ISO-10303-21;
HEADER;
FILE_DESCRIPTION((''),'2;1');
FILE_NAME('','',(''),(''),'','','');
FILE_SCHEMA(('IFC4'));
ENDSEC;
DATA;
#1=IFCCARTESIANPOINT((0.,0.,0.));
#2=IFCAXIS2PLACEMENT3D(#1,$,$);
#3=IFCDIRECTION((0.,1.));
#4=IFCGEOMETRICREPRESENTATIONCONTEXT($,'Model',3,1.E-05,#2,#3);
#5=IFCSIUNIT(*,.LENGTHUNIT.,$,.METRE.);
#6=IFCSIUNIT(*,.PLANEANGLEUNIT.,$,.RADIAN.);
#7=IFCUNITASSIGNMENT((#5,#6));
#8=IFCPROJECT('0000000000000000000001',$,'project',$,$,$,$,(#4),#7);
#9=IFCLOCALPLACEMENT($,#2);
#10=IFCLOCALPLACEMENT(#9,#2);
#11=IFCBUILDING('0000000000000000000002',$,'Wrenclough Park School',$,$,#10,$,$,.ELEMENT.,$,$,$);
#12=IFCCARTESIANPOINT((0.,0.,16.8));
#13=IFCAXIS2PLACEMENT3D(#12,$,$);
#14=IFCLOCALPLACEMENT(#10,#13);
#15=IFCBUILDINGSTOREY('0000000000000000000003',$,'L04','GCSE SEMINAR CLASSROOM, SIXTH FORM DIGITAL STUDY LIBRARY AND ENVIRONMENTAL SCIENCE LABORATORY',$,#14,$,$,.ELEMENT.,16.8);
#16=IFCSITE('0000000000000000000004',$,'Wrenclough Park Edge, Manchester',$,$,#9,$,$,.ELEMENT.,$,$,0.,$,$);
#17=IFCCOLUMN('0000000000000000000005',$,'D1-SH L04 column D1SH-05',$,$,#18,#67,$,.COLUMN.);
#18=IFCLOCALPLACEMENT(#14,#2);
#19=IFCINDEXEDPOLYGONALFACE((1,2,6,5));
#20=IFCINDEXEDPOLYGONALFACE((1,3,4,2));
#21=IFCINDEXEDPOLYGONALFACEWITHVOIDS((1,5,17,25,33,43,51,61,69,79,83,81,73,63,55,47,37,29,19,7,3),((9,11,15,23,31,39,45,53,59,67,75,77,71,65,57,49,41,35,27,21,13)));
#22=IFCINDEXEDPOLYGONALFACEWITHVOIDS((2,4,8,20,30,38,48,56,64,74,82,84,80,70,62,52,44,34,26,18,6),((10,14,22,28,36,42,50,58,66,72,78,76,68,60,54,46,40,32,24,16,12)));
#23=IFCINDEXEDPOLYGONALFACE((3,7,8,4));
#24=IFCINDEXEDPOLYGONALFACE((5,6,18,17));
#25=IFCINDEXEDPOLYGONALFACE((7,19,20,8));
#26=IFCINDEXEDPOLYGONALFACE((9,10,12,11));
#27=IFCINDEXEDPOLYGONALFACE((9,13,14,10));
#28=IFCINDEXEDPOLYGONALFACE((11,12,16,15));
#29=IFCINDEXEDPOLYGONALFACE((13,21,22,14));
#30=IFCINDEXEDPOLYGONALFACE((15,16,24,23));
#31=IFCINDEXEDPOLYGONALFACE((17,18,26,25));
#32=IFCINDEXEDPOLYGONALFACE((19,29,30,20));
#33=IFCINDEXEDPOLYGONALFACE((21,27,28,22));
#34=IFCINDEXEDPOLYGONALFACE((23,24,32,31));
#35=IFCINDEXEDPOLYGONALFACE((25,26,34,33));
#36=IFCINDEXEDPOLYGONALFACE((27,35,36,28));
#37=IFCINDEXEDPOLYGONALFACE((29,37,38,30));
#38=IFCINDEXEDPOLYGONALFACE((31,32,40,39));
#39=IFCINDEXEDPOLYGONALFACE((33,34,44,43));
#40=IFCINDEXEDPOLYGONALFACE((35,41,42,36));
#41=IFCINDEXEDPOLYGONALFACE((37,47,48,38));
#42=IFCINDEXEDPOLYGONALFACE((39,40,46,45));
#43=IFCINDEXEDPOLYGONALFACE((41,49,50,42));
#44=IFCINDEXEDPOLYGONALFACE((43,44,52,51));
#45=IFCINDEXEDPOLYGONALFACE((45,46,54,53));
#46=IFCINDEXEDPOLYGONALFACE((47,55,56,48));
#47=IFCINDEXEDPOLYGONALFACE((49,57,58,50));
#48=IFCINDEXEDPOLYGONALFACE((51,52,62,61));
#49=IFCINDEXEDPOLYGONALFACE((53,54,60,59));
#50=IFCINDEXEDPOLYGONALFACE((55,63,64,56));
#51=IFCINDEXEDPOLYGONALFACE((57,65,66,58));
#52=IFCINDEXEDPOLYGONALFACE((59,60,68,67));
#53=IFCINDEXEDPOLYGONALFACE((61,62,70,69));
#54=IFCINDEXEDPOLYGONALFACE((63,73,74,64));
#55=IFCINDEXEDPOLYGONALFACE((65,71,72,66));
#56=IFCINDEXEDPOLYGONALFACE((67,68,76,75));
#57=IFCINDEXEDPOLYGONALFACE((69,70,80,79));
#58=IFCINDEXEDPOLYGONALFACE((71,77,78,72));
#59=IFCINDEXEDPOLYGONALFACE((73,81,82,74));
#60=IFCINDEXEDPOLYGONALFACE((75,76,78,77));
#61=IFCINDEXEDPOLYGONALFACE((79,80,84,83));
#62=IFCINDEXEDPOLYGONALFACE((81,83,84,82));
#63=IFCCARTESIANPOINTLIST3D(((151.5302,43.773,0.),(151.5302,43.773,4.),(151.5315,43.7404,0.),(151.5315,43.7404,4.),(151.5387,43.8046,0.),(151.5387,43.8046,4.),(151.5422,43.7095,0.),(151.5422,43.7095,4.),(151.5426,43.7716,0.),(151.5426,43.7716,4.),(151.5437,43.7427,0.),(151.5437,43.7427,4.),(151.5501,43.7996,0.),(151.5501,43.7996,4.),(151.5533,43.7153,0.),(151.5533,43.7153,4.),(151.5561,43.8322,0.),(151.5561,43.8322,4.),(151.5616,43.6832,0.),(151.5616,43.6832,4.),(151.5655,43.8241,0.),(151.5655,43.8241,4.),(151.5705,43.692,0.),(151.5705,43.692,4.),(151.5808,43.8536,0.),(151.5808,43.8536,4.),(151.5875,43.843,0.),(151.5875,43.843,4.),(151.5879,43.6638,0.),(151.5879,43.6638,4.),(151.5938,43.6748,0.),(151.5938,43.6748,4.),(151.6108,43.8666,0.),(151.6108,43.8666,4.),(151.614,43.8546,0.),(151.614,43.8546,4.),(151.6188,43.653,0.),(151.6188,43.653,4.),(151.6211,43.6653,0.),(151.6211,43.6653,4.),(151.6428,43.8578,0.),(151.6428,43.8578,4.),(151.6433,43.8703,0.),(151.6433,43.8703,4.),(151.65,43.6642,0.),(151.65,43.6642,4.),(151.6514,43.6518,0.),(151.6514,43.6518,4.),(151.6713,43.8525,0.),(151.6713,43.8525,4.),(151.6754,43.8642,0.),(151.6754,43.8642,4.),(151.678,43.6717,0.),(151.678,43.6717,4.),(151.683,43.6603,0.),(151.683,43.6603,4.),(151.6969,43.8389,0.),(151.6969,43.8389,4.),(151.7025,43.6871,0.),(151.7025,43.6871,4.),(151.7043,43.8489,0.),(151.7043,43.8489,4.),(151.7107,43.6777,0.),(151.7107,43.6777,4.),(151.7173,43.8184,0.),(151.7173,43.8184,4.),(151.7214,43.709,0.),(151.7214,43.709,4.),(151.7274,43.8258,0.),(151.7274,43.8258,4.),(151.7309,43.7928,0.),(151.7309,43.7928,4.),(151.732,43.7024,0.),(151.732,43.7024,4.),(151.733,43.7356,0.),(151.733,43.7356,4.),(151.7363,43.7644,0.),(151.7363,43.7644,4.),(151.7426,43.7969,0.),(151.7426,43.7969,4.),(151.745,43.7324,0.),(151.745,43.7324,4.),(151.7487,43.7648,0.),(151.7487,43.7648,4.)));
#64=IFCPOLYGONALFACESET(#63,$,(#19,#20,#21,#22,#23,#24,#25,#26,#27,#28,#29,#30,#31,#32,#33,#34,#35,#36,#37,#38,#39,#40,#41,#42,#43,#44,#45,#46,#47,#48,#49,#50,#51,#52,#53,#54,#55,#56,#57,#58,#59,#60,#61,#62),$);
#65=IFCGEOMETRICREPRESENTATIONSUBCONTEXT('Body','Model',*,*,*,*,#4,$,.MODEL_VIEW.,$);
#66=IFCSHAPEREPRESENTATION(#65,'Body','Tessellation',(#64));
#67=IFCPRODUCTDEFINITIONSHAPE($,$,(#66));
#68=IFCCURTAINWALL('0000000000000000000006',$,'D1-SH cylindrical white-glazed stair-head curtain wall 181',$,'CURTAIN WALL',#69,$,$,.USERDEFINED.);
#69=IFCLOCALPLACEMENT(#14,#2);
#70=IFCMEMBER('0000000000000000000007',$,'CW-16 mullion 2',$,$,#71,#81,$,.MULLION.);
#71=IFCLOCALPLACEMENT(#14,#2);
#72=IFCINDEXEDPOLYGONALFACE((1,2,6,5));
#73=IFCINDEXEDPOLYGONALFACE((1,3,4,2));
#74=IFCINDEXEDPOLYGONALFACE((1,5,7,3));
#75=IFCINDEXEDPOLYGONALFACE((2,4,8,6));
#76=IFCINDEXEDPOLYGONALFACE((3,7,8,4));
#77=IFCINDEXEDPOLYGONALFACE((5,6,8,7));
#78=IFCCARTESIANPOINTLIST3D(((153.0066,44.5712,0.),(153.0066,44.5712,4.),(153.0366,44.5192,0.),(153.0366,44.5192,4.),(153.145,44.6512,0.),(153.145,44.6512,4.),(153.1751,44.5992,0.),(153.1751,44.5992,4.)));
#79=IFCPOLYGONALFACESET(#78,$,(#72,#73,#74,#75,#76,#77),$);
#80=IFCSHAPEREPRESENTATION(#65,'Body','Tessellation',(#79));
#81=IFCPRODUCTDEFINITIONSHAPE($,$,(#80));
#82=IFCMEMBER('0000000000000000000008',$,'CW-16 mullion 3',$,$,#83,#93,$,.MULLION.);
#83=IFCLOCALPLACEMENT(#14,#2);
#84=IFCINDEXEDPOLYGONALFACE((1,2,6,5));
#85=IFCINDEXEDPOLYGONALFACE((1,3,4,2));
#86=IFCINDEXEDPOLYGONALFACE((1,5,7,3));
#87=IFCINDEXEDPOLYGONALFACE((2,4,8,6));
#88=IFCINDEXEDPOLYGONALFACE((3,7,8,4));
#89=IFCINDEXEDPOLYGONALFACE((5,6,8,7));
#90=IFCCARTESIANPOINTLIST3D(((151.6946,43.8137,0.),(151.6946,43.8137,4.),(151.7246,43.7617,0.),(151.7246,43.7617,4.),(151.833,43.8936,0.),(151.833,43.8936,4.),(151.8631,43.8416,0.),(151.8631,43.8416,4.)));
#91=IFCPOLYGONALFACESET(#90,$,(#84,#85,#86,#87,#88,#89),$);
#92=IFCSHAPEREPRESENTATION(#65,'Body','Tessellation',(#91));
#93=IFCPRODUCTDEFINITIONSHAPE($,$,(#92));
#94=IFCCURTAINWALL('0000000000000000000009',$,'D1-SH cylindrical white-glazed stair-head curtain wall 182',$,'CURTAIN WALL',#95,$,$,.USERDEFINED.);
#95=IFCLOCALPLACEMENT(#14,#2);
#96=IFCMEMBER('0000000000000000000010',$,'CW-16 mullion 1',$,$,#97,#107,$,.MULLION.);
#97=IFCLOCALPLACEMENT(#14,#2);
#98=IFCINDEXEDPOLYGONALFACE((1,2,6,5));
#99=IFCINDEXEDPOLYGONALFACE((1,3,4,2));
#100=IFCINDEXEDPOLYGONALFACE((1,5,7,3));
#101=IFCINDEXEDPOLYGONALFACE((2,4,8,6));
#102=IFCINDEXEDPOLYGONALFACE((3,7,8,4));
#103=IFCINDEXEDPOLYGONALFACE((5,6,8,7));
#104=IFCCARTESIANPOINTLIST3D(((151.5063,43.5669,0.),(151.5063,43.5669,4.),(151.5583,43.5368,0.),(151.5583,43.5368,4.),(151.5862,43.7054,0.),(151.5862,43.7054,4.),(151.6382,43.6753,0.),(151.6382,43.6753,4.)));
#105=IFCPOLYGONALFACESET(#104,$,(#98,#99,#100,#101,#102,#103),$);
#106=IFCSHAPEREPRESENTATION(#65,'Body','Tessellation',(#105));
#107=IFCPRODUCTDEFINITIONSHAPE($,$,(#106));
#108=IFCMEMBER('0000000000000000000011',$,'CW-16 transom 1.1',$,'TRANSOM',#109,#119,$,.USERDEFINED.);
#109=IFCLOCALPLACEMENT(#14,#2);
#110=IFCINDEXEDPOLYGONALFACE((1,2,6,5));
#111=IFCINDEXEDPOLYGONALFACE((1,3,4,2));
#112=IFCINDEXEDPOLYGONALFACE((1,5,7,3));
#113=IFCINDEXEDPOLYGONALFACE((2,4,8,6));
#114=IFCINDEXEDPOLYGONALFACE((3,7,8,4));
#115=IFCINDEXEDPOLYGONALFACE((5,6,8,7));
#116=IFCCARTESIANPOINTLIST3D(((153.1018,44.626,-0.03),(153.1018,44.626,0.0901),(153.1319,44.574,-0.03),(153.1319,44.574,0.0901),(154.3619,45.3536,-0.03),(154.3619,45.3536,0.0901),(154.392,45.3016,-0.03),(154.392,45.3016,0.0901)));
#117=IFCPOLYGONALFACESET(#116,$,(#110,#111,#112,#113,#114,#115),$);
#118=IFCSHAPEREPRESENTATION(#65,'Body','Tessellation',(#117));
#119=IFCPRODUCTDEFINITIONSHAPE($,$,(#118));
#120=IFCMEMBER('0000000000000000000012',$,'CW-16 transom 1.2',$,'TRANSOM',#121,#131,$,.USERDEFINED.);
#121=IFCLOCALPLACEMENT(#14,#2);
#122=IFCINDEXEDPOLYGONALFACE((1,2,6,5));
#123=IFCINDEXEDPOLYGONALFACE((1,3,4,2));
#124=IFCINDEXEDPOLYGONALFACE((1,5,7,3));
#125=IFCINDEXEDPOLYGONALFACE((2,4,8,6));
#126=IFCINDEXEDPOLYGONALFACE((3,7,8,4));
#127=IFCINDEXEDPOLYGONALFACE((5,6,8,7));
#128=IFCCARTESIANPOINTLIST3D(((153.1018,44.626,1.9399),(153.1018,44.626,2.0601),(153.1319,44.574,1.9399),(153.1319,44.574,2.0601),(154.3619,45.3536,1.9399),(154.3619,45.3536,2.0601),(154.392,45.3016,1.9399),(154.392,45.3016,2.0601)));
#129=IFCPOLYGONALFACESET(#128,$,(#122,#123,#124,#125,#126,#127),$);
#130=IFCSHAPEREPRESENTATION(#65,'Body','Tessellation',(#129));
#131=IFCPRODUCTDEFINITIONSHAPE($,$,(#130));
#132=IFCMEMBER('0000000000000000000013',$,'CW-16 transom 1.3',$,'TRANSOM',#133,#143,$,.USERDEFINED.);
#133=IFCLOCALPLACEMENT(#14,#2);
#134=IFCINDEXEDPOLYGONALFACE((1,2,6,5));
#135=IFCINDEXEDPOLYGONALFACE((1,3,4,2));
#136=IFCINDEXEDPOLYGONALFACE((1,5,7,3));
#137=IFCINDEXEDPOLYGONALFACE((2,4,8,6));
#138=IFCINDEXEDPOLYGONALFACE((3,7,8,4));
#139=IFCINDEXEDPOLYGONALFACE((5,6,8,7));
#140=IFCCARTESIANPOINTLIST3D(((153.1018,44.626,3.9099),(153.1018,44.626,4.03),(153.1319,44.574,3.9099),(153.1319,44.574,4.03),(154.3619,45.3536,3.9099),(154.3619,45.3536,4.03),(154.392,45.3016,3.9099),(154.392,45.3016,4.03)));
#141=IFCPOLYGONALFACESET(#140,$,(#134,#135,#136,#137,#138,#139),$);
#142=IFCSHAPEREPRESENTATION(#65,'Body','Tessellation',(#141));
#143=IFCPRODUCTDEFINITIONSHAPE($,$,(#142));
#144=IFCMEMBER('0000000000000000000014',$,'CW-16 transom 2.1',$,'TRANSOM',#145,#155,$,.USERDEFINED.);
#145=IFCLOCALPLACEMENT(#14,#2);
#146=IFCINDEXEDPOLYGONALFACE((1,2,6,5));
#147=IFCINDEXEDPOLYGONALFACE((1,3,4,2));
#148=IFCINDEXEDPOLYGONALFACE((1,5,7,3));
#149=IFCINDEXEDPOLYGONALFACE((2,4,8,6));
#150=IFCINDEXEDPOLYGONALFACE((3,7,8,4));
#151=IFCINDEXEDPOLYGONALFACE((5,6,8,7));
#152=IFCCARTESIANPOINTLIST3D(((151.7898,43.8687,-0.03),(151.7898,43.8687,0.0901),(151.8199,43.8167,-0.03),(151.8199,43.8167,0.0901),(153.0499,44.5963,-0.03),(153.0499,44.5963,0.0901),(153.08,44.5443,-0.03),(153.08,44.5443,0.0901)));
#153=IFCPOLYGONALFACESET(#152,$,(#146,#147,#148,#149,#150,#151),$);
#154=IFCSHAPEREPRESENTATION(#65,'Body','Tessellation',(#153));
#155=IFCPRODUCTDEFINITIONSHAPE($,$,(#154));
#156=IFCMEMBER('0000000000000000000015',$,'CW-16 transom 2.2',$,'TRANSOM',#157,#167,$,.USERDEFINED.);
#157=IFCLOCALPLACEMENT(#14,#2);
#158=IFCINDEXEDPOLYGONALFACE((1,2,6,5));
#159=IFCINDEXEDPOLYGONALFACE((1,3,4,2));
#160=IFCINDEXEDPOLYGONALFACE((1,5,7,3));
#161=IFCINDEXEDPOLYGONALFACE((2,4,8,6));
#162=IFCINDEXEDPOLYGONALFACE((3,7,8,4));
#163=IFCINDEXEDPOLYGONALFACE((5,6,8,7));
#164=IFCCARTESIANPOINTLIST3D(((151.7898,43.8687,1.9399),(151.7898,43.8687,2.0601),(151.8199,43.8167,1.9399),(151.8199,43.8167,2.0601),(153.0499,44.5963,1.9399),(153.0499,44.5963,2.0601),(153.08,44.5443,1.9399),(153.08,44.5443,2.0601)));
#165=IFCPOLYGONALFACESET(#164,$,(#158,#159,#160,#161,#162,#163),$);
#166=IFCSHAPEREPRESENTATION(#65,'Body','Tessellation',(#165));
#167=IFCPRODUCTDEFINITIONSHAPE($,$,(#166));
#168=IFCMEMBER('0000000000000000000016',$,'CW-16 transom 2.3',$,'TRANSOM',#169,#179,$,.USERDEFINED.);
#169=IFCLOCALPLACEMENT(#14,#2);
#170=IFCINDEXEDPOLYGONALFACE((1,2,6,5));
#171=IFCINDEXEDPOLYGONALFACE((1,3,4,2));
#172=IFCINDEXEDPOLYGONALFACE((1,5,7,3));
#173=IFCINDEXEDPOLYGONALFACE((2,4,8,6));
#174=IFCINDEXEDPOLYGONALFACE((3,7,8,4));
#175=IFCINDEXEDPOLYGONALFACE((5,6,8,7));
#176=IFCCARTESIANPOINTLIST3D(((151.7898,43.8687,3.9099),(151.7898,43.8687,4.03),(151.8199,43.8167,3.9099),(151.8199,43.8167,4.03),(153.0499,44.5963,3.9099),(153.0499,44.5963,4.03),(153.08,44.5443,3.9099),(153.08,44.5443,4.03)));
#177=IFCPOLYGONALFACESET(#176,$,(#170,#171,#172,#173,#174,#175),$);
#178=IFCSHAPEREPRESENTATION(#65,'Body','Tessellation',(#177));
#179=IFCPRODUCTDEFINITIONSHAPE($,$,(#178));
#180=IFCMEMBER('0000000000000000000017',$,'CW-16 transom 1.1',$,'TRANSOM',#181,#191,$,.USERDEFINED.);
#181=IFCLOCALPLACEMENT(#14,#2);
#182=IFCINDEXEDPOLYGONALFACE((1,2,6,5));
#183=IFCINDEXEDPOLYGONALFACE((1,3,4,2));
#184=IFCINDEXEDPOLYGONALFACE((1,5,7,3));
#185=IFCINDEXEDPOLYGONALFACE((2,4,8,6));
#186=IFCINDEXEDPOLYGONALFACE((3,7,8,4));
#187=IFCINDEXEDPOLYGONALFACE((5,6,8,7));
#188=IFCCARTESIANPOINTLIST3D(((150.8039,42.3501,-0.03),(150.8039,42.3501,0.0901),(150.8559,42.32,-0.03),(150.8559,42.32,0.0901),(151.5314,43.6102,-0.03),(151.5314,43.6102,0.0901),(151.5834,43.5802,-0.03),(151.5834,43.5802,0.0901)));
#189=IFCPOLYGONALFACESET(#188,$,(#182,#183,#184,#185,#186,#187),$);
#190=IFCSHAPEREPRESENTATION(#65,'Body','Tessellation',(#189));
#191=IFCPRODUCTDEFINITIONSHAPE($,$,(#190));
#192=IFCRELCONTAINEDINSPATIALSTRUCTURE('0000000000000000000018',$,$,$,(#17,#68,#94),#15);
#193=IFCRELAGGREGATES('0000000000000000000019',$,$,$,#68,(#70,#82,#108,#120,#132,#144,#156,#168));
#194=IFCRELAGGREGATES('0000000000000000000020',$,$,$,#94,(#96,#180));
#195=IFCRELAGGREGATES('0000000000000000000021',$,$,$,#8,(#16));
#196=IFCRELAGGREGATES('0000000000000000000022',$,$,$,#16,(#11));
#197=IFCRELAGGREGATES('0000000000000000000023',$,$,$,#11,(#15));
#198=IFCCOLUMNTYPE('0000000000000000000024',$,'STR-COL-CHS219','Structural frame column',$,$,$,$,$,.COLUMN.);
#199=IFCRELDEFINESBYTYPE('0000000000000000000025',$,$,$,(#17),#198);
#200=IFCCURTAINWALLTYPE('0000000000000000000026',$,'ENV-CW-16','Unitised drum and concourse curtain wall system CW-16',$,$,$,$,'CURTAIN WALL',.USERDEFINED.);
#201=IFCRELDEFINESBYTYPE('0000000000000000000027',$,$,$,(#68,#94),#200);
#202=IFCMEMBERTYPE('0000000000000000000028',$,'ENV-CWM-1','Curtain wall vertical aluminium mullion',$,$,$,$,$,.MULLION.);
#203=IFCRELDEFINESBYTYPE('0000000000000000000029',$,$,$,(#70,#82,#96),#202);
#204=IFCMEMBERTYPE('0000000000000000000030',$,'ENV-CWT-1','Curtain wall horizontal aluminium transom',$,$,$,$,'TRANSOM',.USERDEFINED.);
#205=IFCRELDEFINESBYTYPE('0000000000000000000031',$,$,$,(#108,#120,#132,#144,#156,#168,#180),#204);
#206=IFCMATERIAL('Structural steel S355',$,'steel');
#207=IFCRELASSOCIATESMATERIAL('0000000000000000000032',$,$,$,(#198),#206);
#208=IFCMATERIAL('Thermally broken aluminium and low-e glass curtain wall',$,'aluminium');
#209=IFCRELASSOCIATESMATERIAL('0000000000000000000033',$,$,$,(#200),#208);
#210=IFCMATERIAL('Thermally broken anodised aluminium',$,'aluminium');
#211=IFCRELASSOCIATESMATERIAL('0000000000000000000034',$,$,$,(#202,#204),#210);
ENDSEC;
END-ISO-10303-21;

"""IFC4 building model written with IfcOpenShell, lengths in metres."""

from ifc_helpers import new_model, si_unit, direction, frame, origin, origin_2d, place, context, subcontext, project, spatial, rectangle, hollow_circle, extrude, material, material_profile, profile_set, type_object, element, aggregate, save


model = new_model("IFC4")

# Units and contexts
model_context = context("Model", 3, precision=1e-05, world=origin(), true_north=direction((0.0, 1.0)))
body_context = subcontext(model_context, "Body", "Model", "MODEL_VIEW")
ifc_project = project(units=[si_unit("LENGTHUNIT", "METRE"), si_unit("PLANEANGLEUNIT", "RADIAN")], contexts=[model_context])

# Site, building, storey
site_placement = place(None, origin())
site = spatial("IfcSite", under=ifc_project, at=site_placement, Name="Wrenclough Park Edge, Manchester", CompositionType="ELEMENT", RefElevation=0.0)
building_placement = place(site_placement, origin())
building = spatial("IfcBuilding", under=site, at=building_placement, Name="Wrenclough Park School", CompositionType="ELEMENT")
storey_placement = place(building_placement, frame((0.0, 0.0, 16.8)))
storey = spatial("IfcBuildingStorey", under=building, at=storey_placement, Name="L04", Description="GCSE SEMINAR CLASSROOM, SIXTH FORM DIGITAL STUDY LIBRARY AND ENVIRONMENTAL SCIENCE LABORATORY", CompositionType="ELEMENT", Elevation=16.8)

# Column
ifc_material_1 = material(Name="Structural steel S355", Category="steel")
ifc_material_profile_1 = material_profile(ifc_material_1, hollow_circle(Radius=0.1096, WallThickness=0.0125, at=origin_2d()), Name="CHS 219.1x12.5")
ifc_profile_set_1 = profile_set([ifc_material_profile_1], Name="Structural steel S355")
column_type = type_object("IfcColumnType", Name="STR-COL-CHS219", Description="Structural frame column", PredefinedType="COLUMN", material=ifc_profile_set_1)
column_placement = place(storey_placement, frame((151.6392, 43.7607, 0.0), z_axis=(0.0, 0.0, 1.0), x_axis=(-0.707107, -0.707107, 0.0)))
element("IfcColumn", 1, at=column_placement, inside=storey, type_object=column_type, Name="D1-SH L04 column D1SH-05", PredefinedType="COLUMN", context=body_context, shape_type="SweptSolid", body=[
    extrude(hollow_circle(Radius=0.1096, WallThickness=0.0125, at=origin_2d()), origin(), (0.0, 0.0, 1.0), 4.0),
])

# Curtain wall, members
ifc_material_2 = material(Name="Thermally broken aluminium and low-e glass curtain wall", Category="aluminium")
curtain_wall_type = type_object("IfcCurtainWallType", Name="ENV-CW-16", Description="Unitised drum and concourse curtain wall system CW-16", ElementType="CURTAIN WALL", PredefinedType="USERDEFINED", material=ifc_material_2)
curtain_wall_1_placement = place(storey_placement, origin())
curtain_wall_1 = element("IfcCurtainWall", 2, at=curtain_wall_1_placement, inside=storey, type_object=curtain_wall_type, Name="D1-SH cylindrical white-glazed stair-head curtain wall 181", ObjectType="CURTAIN WALL", PredefinedType="USERDEFINED")
ifc_material_3 = material(Name="Thermally broken anodised aluminium", Category="aluminium")
ifc_material_profile_2 = material_profile(ifc_material_3, rectangle(XDim=0.0601, YDim=0.1599, at=origin_2d()), Name="AL MULLION 60x160")
ifc_profile_set_2 = profile_set([ifc_material_profile_2], Name="Thermally broken anodised aluminium")
member_type_1 = type_object("IfcMemberType", Name="ENV-CWM-1", Description="Curtain wall vertical aluminium mullion", PredefinedType="MULLION", material=ifc_profile_set_2)
member_1_placement = place(storey_placement, frame((153.0908, 44.5852, 0.0), z_axis=(0.0, 0.0, 1.0), x_axis=(0.500003, -0.866024, 0.0)))
member_1 = element("IfcMember", 3, at=member_1_placement, type_object=member_type_1, Name="CW-16 mullion 2", PredefinedType="MULLION", context=body_context, shape_type="SweptSolid", body=[
    extrude(rectangle(XDim=0.0601, YDim=0.1599, at=origin_2d()), origin(), (0.0, 0.0, 1.0), 4.0),
])
member_2_placement = place(storey_placement, frame((151.7788, 43.8276, 0.0), z_axis=(0.0, 0.0, 1.0), x_axis=(0.500003, -0.866024, 0.0)))
member_2 = element("IfcMember", 4, at=member_2_placement, type_object=member_type_1, Name="CW-16 mullion 3", PredefinedType="MULLION", context=body_context, shape_type="SweptSolid", body=[
    extrude(rectangle(XDim=0.0601, YDim=0.1599, at=origin_2d()), origin(), (0.0, 0.0, 1.0), 4.0),
])

# Curtain wall, member
curtain_wall_2_placement = place(storey_placement, origin())
curtain_wall_2 = element("IfcCurtainWall", 5, at=curtain_wall_2_placement, inside=storey, type_object=curtain_wall_type, Name="D1-SH cylindrical white-glazed stair-head curtain wall 182", ObjectType="CURTAIN WALL", PredefinedType="USERDEFINED")
member_3_placement = place(storey_placement, frame((151.5723, 43.6211, 0.0), z_axis=(0.0, 0.0, 1.0), x_axis=(0.866024, -0.500003, 0.0)))
member_3 = element("IfcMember", 6, at=member_3_placement, type_object=member_type_1, Name="CW-16 mullion 1", PredefinedType="MULLION", context=body_context, shape_type="SweptSolid", body=[
    extrude(rectangle(XDim=0.0601, YDim=0.1599, at=origin_2d()), origin(), (0.0, 0.0, 1.0), 4.0),
])

# Members
ifc_material_profile_3 = material_profile(ifc_material_3, rectangle(XDim=0.0601, YDim=0.1201, at=origin_2d()), Name="AL TRANSOM 60x120")
ifc_profile_set_3 = profile_set([ifc_material_profile_3], Name="Thermally broken anodised aluminium")
member_type_2 = type_object("IfcMemberType", Name="ENV-CWT-1", Description="Curtain wall horizontal aluminium transom", ElementType="TRANSOM", PredefinedType="USERDEFINED", material=ifc_profile_set_3)
member_4_placement = place(storey_placement, frame((154.377, 45.3276, 0.03), z_axis=(-0.866004, -0.500037, 0.0), x_axis=(0.500037, -0.866004, 0.0)))
member_4 = element("IfcMember", 7, at=member_4_placement, type_object=member_type_2, Name="CW-16 transom 1.1", ObjectType="TRANSOM", PredefinedType="USERDEFINED", context=body_context, shape_type="SweptSolid", body=[
    extrude(rectangle(XDim=0.0601, YDim=0.1201, at=origin_2d()), origin(), (0.0, 0.0, 1.0), 1.4551),
])
member_5_placement = place(storey_placement, frame((154.377, 45.3276, 2.0), z_axis=(-0.866004, -0.500037, 0.0), x_axis=(0.500037, -0.866004, 0.0)))
member_5 = element("IfcMember", 8, at=member_5_placement, type_object=member_type_2, Name="CW-16 transom 1.2", ObjectType="TRANSOM", PredefinedType="USERDEFINED", context=body_context, shape_type="SweptSolid", body=[
    extrude(rectangle(XDim=0.0601, YDim=0.1201, at=origin_2d()), origin(), (0.0, 0.0, 1.0), 1.4551),
])
member_6_placement = place(storey_placement, frame((154.377, 45.3276, 3.97), z_axis=(-0.866004, -0.500037, 0.0), x_axis=(0.500037, -0.866004, 0.0)))
member_6 = element("IfcMember", 9, at=member_6_placement, type_object=member_type_2, Name="CW-16 transom 1.3", ObjectType="TRANSOM", PredefinedType="USERDEFINED", context=body_context, shape_type="SweptSolid", body=[
    extrude(rectangle(XDim=0.0601, YDim=0.1201, at=origin_2d()), origin(), (0.0, 0.0, 1.0), 1.4551),
])
member_7_placement = place(storey_placement, frame((153.0649, 44.5703, 0.03), z_axis=(-0.866004, -0.500037, 0.0), x_axis=(0.500037, -0.866004, 0.0)))
member_7 = element("IfcMember", 10, at=member_7_placement, type_object=member_type_2, Name="CW-16 transom 2.1", ObjectType="TRANSOM", PredefinedType="USERDEFINED", context=body_context, shape_type="SweptSolid", body=[
    extrude(rectangle(XDim=0.0601, YDim=0.1201, at=origin_2d()), origin(), (0.0, 0.0, 1.0), 1.4551),
])
member_8_placement = place(storey_placement, frame((153.0649, 44.5703, 2.0), z_axis=(-0.866004, -0.500037, 0.0), x_axis=(0.500037, -0.866004, 0.0)))
member_8 = element("IfcMember", 11, at=member_8_placement, type_object=member_type_2, Name="CW-16 transom 2.2", ObjectType="TRANSOM", PredefinedType="USERDEFINED", context=body_context, shape_type="SweptSolid", body=[
    extrude(rectangle(XDim=0.0601, YDim=0.1201, at=origin_2d()), origin(), (0.0, 0.0, 1.0), 1.4551),
])
member_9_placement = place(storey_placement, frame((153.0649, 44.5703, 3.97), z_axis=(-0.866004, -0.500037, 0.0), x_axis=(0.500037, -0.866004, 0.0)))
member_9 = element("IfcMember", 12, at=member_9_placement, type_object=member_type_2, Name="CW-16 transom 2.3", ObjectType="TRANSOM", PredefinedType="USERDEFINED", context=body_context, shape_type="SweptSolid", body=[
    extrude(rectangle(XDim=0.0601, YDim=0.1201, at=origin_2d()), origin(), (0.0, 0.0, 1.0), 1.4551),
])
member_10_placement = place(storey_placement, frame((151.5574, 43.5952, 0.03), z_axis=(-0.499965, -0.866046, 0.0), x_axis=(0.866046, -0.499965, 0.0)))
member_10 = element("IfcMember", 13, at=member_10_placement, type_object=member_type_2, Name="CW-16 transom 1.1", ObjectType="TRANSOM", PredefinedType="USERDEFINED", context=body_context, shape_type="SweptSolid", body=[
    extrude(rectangle(XDim=0.0601, YDim=0.1201, at=origin_2d()), origin(), (0.0, 0.0, 1.0), 1.4551),
])

aggregate(curtain_wall_1, [member_1, member_2, member_4, member_5, member_6, member_7, member_8, member_9])
aggregate(curtain_wall_2, [member_3, member_10])

save(model, "model.ifc")
